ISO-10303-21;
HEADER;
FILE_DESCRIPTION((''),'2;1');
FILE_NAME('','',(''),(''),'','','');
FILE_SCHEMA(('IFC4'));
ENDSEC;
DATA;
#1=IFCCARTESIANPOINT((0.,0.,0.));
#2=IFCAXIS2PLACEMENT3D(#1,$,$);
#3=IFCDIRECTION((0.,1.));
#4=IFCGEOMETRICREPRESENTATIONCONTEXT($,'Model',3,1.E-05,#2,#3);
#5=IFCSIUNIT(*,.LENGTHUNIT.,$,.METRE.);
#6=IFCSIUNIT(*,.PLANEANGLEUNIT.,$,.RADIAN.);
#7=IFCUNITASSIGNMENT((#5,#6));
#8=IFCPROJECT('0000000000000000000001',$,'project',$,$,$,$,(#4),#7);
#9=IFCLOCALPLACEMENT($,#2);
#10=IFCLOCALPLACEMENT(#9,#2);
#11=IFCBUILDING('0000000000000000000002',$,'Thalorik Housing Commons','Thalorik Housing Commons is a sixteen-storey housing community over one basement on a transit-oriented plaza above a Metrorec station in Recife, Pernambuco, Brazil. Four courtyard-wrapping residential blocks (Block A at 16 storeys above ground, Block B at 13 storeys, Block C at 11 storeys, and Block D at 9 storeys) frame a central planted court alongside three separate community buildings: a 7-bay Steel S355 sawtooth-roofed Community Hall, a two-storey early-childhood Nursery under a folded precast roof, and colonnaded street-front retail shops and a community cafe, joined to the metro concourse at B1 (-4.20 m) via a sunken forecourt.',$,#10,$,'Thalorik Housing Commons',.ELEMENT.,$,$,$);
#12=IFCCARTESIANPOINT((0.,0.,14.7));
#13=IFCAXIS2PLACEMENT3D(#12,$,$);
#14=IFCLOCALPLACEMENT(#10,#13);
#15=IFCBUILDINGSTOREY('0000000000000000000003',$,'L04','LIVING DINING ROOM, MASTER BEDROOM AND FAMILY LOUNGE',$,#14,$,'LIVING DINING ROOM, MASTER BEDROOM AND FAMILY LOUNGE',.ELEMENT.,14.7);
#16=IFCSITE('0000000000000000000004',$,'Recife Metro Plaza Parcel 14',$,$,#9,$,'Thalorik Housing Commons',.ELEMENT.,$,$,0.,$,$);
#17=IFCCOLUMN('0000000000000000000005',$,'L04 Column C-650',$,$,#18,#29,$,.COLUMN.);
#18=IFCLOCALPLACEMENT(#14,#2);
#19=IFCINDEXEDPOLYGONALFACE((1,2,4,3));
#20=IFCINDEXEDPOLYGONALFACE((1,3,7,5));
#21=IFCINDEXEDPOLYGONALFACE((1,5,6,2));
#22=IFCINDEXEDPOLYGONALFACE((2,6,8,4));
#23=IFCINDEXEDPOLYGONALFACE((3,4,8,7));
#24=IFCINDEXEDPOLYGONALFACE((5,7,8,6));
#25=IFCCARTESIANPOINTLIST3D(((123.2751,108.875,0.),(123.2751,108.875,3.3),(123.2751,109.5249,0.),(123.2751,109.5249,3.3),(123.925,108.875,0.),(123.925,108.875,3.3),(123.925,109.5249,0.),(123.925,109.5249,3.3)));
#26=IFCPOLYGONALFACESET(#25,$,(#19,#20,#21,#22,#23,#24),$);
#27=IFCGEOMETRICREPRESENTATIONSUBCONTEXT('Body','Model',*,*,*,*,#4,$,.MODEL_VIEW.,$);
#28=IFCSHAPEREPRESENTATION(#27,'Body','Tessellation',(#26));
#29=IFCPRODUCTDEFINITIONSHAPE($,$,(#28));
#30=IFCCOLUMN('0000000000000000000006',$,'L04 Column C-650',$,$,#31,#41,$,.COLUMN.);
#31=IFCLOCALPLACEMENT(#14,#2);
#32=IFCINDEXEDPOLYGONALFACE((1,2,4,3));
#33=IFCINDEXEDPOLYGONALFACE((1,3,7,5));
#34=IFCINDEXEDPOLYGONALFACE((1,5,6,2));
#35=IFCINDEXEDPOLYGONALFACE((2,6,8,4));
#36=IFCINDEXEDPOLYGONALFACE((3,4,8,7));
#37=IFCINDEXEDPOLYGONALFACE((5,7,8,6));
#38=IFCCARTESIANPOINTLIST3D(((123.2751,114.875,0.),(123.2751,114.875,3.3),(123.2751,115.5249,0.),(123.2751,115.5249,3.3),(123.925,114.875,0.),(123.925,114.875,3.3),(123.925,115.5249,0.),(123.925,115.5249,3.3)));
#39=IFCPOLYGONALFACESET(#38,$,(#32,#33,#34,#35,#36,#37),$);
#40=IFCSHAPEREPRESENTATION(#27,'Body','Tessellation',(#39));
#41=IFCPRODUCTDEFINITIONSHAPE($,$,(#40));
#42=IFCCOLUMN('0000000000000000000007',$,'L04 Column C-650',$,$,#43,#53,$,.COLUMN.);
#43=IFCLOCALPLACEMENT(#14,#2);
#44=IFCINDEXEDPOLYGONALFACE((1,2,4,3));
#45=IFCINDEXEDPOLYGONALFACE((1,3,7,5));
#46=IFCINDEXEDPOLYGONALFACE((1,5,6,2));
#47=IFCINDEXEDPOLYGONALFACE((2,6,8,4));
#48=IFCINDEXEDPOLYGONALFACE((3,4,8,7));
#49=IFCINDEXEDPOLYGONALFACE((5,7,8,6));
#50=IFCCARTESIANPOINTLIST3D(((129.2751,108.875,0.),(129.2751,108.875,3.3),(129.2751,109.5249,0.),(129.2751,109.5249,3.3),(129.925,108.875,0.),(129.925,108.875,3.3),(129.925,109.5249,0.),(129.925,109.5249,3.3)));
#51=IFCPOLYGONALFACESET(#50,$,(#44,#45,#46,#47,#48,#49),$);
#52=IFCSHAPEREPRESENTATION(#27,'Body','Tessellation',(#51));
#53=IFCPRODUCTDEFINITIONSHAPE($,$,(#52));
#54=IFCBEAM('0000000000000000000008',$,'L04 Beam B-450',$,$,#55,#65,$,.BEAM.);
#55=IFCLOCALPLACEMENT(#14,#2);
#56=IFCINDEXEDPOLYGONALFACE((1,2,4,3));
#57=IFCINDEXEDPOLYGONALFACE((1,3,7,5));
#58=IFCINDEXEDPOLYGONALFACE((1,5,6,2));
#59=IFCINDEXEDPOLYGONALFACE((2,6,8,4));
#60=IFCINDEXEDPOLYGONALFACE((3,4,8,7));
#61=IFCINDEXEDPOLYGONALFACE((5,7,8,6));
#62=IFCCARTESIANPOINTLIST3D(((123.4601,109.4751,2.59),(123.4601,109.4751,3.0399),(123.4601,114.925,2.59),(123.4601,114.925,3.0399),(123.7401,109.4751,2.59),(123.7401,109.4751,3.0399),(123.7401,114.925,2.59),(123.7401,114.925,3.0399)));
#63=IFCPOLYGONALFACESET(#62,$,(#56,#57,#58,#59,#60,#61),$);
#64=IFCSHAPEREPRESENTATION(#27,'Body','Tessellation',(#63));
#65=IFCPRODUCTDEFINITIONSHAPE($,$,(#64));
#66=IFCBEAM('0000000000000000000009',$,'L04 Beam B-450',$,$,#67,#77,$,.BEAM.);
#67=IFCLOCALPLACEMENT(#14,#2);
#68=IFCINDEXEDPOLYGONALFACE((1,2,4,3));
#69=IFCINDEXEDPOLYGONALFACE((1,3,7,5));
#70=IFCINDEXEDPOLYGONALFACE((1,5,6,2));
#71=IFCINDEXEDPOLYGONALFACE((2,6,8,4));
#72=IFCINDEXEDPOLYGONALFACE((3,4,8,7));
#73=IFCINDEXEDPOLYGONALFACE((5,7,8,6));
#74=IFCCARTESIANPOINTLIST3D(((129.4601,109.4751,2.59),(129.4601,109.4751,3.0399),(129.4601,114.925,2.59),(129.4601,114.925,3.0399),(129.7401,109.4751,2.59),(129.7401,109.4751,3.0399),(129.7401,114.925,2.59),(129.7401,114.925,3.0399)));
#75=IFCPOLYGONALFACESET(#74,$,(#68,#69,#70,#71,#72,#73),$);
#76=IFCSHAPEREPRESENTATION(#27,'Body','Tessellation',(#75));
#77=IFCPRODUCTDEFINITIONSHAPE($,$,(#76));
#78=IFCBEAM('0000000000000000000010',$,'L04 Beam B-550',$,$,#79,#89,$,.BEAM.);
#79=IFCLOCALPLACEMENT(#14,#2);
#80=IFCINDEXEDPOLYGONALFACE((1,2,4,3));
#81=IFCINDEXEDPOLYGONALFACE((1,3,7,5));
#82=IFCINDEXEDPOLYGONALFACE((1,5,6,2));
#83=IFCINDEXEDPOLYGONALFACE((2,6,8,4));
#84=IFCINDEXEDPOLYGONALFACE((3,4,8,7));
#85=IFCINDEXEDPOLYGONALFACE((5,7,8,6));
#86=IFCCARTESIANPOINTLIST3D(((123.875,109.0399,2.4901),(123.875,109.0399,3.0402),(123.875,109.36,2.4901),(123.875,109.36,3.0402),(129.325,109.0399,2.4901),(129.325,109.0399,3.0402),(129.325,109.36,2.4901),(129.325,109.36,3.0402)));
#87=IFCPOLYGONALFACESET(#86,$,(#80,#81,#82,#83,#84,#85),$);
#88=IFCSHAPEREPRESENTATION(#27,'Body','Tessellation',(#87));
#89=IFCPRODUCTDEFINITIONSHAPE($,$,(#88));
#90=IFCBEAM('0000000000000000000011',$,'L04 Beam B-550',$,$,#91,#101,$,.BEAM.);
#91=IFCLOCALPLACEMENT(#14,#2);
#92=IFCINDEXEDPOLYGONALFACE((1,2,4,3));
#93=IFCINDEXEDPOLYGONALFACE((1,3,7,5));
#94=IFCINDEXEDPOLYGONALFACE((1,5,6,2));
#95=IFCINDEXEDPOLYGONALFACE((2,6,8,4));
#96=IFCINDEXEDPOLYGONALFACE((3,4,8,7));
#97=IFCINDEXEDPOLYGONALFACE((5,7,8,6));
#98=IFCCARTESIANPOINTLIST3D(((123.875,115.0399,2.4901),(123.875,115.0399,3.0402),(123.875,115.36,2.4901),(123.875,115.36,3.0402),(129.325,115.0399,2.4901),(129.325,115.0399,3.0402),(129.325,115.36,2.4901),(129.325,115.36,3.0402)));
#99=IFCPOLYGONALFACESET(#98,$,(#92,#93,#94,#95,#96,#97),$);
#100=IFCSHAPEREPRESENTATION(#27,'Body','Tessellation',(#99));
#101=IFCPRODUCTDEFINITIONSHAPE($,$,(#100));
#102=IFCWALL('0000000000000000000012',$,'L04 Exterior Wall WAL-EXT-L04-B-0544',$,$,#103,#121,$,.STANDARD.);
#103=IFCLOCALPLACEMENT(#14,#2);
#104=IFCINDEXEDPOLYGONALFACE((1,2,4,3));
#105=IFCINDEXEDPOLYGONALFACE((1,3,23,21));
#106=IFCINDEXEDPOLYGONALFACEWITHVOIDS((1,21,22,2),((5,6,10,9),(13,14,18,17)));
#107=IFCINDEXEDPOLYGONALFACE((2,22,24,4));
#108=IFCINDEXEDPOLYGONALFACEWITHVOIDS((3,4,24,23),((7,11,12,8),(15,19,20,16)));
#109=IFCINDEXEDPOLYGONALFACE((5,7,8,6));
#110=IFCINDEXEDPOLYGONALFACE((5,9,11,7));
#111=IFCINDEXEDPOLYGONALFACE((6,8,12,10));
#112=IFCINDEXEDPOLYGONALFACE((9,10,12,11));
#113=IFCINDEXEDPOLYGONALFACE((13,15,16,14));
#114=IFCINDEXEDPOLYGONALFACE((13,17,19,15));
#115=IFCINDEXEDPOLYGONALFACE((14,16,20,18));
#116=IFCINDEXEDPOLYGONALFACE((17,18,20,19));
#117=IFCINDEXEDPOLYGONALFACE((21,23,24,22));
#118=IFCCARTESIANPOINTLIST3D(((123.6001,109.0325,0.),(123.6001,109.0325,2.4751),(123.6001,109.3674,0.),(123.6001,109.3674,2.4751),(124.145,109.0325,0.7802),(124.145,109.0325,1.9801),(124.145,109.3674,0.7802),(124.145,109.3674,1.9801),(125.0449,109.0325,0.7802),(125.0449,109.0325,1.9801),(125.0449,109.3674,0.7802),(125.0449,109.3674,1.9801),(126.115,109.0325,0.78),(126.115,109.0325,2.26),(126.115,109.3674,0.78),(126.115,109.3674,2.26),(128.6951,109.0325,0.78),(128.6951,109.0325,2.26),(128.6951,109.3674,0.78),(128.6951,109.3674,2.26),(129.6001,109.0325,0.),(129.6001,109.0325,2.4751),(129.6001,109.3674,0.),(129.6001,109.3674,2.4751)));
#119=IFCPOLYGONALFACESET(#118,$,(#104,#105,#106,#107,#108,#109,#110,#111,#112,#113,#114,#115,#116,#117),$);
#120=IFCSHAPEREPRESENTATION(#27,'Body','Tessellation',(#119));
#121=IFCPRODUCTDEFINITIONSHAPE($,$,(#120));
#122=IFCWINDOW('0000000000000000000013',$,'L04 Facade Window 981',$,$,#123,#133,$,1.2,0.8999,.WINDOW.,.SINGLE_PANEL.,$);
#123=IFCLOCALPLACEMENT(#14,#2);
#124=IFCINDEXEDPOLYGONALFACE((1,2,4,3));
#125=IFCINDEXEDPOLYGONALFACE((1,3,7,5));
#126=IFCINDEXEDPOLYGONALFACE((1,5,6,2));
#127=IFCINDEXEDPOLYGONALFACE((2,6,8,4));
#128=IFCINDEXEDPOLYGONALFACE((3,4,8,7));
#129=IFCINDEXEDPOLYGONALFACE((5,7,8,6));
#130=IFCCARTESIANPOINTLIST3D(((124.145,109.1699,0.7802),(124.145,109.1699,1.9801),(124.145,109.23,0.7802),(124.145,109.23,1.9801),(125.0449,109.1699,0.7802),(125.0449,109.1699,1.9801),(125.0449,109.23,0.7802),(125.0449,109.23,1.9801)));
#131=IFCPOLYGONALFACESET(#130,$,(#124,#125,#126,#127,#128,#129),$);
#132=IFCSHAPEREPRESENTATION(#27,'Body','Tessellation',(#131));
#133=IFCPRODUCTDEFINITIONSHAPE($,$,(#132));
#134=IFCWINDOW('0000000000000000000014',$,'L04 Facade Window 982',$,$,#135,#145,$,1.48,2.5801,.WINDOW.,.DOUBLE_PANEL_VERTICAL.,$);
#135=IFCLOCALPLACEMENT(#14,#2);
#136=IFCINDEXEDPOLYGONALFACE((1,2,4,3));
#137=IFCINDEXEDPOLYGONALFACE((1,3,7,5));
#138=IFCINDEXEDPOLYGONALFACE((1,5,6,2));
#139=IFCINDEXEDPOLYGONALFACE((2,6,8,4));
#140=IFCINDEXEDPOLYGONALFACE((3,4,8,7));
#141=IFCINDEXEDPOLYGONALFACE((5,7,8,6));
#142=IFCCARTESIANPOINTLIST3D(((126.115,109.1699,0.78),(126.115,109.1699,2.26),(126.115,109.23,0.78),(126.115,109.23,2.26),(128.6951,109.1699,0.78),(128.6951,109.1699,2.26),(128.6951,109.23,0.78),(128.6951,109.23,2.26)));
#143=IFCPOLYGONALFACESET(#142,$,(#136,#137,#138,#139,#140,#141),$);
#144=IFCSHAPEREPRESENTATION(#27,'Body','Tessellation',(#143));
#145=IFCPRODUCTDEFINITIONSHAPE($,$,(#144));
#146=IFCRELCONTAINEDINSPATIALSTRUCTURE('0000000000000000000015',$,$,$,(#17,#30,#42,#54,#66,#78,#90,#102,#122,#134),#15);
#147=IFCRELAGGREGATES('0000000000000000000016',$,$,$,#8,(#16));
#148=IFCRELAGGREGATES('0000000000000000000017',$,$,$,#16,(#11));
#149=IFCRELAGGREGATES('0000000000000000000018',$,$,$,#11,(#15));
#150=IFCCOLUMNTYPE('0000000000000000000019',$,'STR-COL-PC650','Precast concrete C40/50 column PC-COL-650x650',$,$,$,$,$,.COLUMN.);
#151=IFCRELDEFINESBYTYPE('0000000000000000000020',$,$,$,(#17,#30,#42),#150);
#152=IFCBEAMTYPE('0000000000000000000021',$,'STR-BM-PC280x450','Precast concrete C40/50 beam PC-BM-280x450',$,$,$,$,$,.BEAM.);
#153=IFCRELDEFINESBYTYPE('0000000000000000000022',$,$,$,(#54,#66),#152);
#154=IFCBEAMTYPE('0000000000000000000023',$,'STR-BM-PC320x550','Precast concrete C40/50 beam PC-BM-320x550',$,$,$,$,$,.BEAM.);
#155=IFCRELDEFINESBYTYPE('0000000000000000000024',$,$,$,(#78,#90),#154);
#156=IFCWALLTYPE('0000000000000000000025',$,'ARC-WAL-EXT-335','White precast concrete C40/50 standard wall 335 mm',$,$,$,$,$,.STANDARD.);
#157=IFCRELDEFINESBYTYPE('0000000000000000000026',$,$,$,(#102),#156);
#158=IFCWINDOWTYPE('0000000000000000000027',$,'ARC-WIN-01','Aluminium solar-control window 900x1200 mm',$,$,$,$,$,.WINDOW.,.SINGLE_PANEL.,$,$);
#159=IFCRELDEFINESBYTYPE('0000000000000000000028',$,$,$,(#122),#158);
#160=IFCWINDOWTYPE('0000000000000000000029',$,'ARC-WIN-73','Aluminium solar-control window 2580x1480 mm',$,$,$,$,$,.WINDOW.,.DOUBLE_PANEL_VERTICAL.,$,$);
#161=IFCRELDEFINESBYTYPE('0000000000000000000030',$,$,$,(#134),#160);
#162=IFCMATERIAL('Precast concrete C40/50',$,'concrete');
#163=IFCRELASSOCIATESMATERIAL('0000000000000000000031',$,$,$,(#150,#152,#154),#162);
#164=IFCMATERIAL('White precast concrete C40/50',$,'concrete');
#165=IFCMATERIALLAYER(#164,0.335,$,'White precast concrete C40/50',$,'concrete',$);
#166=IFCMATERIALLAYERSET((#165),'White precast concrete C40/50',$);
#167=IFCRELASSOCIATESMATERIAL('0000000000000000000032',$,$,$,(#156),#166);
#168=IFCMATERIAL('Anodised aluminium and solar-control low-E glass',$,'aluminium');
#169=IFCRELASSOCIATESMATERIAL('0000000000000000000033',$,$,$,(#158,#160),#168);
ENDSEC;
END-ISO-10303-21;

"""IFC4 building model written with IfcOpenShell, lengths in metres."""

from ifc_helpers import new_model, si_unit, direction, frame, frame_2d, origin, origin_2d, place, context, subcontext, project, spatial, rectangle, extrude, material, layer, layer_set, material_profile, profile_set, type_object, element, fill, save


model = new_model("IFC4")

# Units and contexts
model_context = context("Model", 3, precision=1e-05, world=origin(), true_north=direction((0.0, 1.0)))
body_context = subcontext(model_context, "Body", "Model", "MODEL_VIEW")
ifc_project = project(units=[si_unit("LENGTHUNIT", "METRE"), si_unit("PLANEANGLEUNIT", "RADIAN")], contexts=[model_context])

# Site, building, storey
site_placement = place(None, origin())
site = spatial("IfcSite", under=ifc_project, at=site_placement, Name="Recife Metro Plaza Parcel 14", LongName="Thalorik Housing Commons", CompositionType="ELEMENT", RefElevation=0.0)
building_placement = place(site_placement, origin())
building = spatial("IfcBuilding", under=site, at=building_placement, Name="Thalorik Housing Commons", Description="Thalorik Housing Commons is a sixteen-storey housing community over one basement on a transit-oriented plaza above a Metrorec station in Recife, Pernambuco, Brazil. Four courtyard-wrapping residential blocks (Block A at 16 storeys above ground, Block B at 13 storeys, Block C at 11 storeys, and Block D at 9 storeys) frame a central planted court alongside three separate community buildings: a 7-bay Steel S355 sawtooth-roofed Community Hall, a two-storey early-childhood Nursery under a folded precast roof, and colonnaded street-front retail shops and a community cafe, joined to the metro concourse at B1 (-4.20 m) via a sunken forecourt.", LongName="Thalorik Housing Commons", CompositionType="ELEMENT")
storey_placement = place(building_placement, frame((0.0, 0.0, 14.7)))
storey = spatial("IfcBuildingStorey", under=building, at=storey_placement, Name="L04", Description="LIVING DINING ROOM, MASTER BEDROOM AND FAMILY LOUNGE", LongName="LIVING DINING ROOM, MASTER BEDROOM AND FAMILY LOUNGE", CompositionType="ELEMENT", Elevation=14.7)

# Columns
ifc_material_1 = material(Name="Precast concrete C40/50", Category="concrete")
ifc_material_profile_1 = material_profile(ifc_material_1, rectangle(XDim=0.6499, YDim=0.6499, at=origin_2d()), Name="PC 650x650", Category="concrete")
ifc_profile_set_1 = profile_set([ifc_material_profile_1], Name="Precast concrete C40/50")
column_type = type_object("IfcColumnType", Name="STR-COL-PC650", Description="Precast concrete C40/50 column PC-COL-650x650", PredefinedType="COLUMN", material=ifc_profile_set_1)
for number, where, z_axis, x_axis, name in (
    (1, (123.6001, 109.2, 0.0), (0.0, 0.0, 1.0), (1.0, 0.0, 0.0), "L04 Column C-650"),
    (2, (123.6001, 115.2, 0.0), (0.0, 0.0, 1.0), (1.0, 0.0, 0.0), "L04 Column C-650"),
    (3, (129.6001, 109.2, 0.0), (0.0, 0.0, 1.0), (1.0, 0.0, 0.0), "L04 Column C-650"),
):
    element("IfcColumn", number, at=place(storey_placement, frame(where, z_axis=z_axis, x_axis=x_axis)), inside=storey, type_object=column_type, Name=name, PredefinedType="COLUMN", context=body_context, shape_type="SweptSolid", body=[
        extrude(rectangle(XDim=0.6499, YDim=0.6499, at=origin_2d()), origin(), (0.0, 0.0, 1.0), 3.3),
    ])

# Beams
ifc_material_profile_2 = material_profile(ifc_material_1, rectangle(XDim=0.28, YDim=0.45, at=origin_2d()), Name="PC 280x450", Category="concrete")
ifc_profile_set_2 = profile_set([ifc_material_profile_2], Name="Precast concrete C40/50")
beam_type_1 = type_object("IfcBeamType", Name="STR-BM-PC280x450", Description="Precast concrete C40/50 beam PC-BM-280x450", PredefinedType="BEAM", material=ifc_profile_set_2)
for number, where, z_axis, x_axis, name in (
    (4, (123.6001, 109.4751, 2.8149), (0.0, 1.0, 0.0), (-1.0, 0.0, 0.0), "L04 Beam B-450"),
    (5, (129.6001, 109.4751, 2.8149), (0.0, 1.0, 0.0), (-1.0, 0.0, 0.0), "L04 Beam B-450"),
):
    element("IfcBeam", number, at=place(storey_placement, frame(where, z_axis=z_axis, x_axis=x_axis)), inside=storey, type_object=beam_type_1, Name=name, PredefinedType="BEAM", context=body_context, shape_type="SweptSolid", body=[
        extrude(rectangle(XDim=0.28, YDim=0.45, at=origin_2d()), origin(), (0.0, 0.0, 1.0), 5.45),
    ])
ifc_material_profile_3 = material_profile(ifc_material_1, rectangle(XDim=0.3201, YDim=0.55, at=origin_2d()), Name="PC 320x550", Category="concrete")
ifc_profile_set_3 = profile_set([ifc_material_profile_3], Name="Precast concrete C40/50")
beam_type_2 = type_object("IfcBeamType", Name="STR-BM-PC320x550", Description="Precast concrete C40/50 beam PC-BM-320x550", PredefinedType="BEAM", material=ifc_profile_set_3)
for number, where, z_axis, x_axis, name in (
    (6, (123.875, 109.2, 2.7651), (1.0, 0.0, 0.0), (0.0, 1.0, 0.0), "L04 Beam B-550"),
    (7, (123.875, 115.2, 2.7651), (1.0, 0.0, 0.0), (0.0, 1.0, 0.0), "L04 Beam B-550"),
):
    element("IfcBeam", number, at=place(storey_placement, frame(where, z_axis=z_axis, x_axis=x_axis)), inside=storey, type_object=beam_type_2, Name=name, PredefinedType="BEAM", context=body_context, shape_type="SweptSolid", body=[
        extrude(rectangle(XDim=0.3201, YDim=0.55, at=origin_2d()), origin(), (0.0, 0.0, 1.0), 5.45),
    ])

# Wall, openings, windows
ifc_material_2 = material(Name="White precast concrete C40/50", Category="concrete")
ifc_layer_1 = layer(ifc_material_2, 0.335, Name="White precast concrete C40/50", Category="concrete")
ifc_layer_set_1 = layer_set([ifc_layer_1], Name="White precast concrete C40/50")
wall_type_1 = type_object("IfcWallType", Name="ARC-WAL-EXT-335", Description="White precast concrete C40/50 standard wall 335 mm", PredefinedType="STANDARD", material=ifc_layer_set_1)
wall_1_placement = place(storey_placement, frame((123.6001, 109.2, 0.0), z_axis=(0.0, 0.0, 1.0), x_axis=(1.0, 0.0, 0.0)))
wall_1 = element("IfcWall", 8, at=wall_1_placement, inside=storey, type_object=wall_type_1, Name="L04 Exterior Wall WAL-EXT-L04-B-0544", PredefinedType="STANDARD", context=body_context, shape_type="SweptSolid", body=[
    extrude(rectangle(XDim=6.0, YDim=0.335, at=frame_2d((3.0, 0.0))), origin(), (0.0, 0.0, 1.0), 2.4751),
])
opening_1_placement = place(wall_1_placement, frame((0.5449, 0.0, 0.78)))
opening_1 = element("IfcOpeningElement", 9, at=opening_1_placement, cuts=wall_1, PredefinedType="OPENING", context=body_context, shape_type="SweptSolid", body=[
    extrude(rectangle(XDim=0.8999, YDim=1.2, at=frame_2d((0.45, 0.6001))), frame((0.0, 0.1775, 0.0), z_axis=(0.0, -1.0, 0.0), x_axis=(1.0, 0.0, 0.0)), (0.0, 0.0, 1.0), 0.355),
])
opening_2_placement = place(wall_1_placement, frame((2.5149, 0.0, 0.78)))
opening_2 = element("IfcOpeningElement", 10, at=opening_2_placement, cuts=wall_1, PredefinedType="OPENING", context=body_context, shape_type="SweptSolid", body=[
    extrude(rectangle(XDim=2.5801, YDim=1.48, at=frame_2d((1.29, 0.74))), frame((0.0, 0.1775, 0.0), z_axis=(0.0, -1.0, 0.0), x_axis=(1.0, 0.0, 0.0)), (0.0, 0.0, 1.0), 0.355),
])
ifc_material_3 = material(Name="Anodised aluminium and solar-control low-E glass", Category="aluminium")
window_type_1 = type_object("IfcWindowType", Name="ARC-WIN-01", Description="Aluminium solar-control window 900x1200 mm", PartitioningType="SINGLE_PANEL", PredefinedType="WINDOW", material=ifc_material_3)
window_1_placement = place(opening_1_placement, origin())
window_1 = element("IfcWindow", 11, at=window_1_placement, inside=storey, type_object=window_type_1, Name="L04 Facade Window 981", OverallHeight=1.2, OverallWidth=0.8999, PartitioningType="SINGLE_PANEL", PredefinedType="WINDOW", context=body_context, shape_type="SweptSolid", body=[
    extrude(rectangle(XDim=0.8999, YDim=1.2, at=frame_2d((0.45, 0.6001))), frame((0.0, 0.03, 0.0), z_axis=(0.0, -1.0, 0.0), x_axis=(1.0, 0.0, 0.0)), (0.0, 0.0, 1.0), 0.0601),
])
fill(opening_1, window_1)
window_type_2 = type_object("IfcWindowType", Name="ARC-WIN-73", Description="Aluminium solar-control window 2580x1480 mm", PartitioningType="DOUBLE_PANEL_VERTICAL", PredefinedType="WINDOW", material=ifc_material_3)
window_2_placement = place(opening_2_placement, origin())
window_2 = element("IfcWindow", 12, at=window_2_placement, inside=storey, type_object=window_type_2, Name="L04 Facade Window 982", OverallHeight=1.48, OverallWidth=2.5801, PartitioningType="DOUBLE_PANEL_VERTICAL", PredefinedType="WINDOW", context=body_context, shape_type="SweptSolid", body=[
    extrude(rectangle(XDim=2.5801, YDim=1.48, at=frame_2d((1.29, 0.74))), frame((0.0, 0.03, 0.0), z_axis=(0.0, -1.0, 0.0), x_axis=(1.0, 0.0, 0.0)), (0.0, 0.0, 1.0), 0.0601),
])
fill(opening_2, window_2)

save(model, "model.ifc")
